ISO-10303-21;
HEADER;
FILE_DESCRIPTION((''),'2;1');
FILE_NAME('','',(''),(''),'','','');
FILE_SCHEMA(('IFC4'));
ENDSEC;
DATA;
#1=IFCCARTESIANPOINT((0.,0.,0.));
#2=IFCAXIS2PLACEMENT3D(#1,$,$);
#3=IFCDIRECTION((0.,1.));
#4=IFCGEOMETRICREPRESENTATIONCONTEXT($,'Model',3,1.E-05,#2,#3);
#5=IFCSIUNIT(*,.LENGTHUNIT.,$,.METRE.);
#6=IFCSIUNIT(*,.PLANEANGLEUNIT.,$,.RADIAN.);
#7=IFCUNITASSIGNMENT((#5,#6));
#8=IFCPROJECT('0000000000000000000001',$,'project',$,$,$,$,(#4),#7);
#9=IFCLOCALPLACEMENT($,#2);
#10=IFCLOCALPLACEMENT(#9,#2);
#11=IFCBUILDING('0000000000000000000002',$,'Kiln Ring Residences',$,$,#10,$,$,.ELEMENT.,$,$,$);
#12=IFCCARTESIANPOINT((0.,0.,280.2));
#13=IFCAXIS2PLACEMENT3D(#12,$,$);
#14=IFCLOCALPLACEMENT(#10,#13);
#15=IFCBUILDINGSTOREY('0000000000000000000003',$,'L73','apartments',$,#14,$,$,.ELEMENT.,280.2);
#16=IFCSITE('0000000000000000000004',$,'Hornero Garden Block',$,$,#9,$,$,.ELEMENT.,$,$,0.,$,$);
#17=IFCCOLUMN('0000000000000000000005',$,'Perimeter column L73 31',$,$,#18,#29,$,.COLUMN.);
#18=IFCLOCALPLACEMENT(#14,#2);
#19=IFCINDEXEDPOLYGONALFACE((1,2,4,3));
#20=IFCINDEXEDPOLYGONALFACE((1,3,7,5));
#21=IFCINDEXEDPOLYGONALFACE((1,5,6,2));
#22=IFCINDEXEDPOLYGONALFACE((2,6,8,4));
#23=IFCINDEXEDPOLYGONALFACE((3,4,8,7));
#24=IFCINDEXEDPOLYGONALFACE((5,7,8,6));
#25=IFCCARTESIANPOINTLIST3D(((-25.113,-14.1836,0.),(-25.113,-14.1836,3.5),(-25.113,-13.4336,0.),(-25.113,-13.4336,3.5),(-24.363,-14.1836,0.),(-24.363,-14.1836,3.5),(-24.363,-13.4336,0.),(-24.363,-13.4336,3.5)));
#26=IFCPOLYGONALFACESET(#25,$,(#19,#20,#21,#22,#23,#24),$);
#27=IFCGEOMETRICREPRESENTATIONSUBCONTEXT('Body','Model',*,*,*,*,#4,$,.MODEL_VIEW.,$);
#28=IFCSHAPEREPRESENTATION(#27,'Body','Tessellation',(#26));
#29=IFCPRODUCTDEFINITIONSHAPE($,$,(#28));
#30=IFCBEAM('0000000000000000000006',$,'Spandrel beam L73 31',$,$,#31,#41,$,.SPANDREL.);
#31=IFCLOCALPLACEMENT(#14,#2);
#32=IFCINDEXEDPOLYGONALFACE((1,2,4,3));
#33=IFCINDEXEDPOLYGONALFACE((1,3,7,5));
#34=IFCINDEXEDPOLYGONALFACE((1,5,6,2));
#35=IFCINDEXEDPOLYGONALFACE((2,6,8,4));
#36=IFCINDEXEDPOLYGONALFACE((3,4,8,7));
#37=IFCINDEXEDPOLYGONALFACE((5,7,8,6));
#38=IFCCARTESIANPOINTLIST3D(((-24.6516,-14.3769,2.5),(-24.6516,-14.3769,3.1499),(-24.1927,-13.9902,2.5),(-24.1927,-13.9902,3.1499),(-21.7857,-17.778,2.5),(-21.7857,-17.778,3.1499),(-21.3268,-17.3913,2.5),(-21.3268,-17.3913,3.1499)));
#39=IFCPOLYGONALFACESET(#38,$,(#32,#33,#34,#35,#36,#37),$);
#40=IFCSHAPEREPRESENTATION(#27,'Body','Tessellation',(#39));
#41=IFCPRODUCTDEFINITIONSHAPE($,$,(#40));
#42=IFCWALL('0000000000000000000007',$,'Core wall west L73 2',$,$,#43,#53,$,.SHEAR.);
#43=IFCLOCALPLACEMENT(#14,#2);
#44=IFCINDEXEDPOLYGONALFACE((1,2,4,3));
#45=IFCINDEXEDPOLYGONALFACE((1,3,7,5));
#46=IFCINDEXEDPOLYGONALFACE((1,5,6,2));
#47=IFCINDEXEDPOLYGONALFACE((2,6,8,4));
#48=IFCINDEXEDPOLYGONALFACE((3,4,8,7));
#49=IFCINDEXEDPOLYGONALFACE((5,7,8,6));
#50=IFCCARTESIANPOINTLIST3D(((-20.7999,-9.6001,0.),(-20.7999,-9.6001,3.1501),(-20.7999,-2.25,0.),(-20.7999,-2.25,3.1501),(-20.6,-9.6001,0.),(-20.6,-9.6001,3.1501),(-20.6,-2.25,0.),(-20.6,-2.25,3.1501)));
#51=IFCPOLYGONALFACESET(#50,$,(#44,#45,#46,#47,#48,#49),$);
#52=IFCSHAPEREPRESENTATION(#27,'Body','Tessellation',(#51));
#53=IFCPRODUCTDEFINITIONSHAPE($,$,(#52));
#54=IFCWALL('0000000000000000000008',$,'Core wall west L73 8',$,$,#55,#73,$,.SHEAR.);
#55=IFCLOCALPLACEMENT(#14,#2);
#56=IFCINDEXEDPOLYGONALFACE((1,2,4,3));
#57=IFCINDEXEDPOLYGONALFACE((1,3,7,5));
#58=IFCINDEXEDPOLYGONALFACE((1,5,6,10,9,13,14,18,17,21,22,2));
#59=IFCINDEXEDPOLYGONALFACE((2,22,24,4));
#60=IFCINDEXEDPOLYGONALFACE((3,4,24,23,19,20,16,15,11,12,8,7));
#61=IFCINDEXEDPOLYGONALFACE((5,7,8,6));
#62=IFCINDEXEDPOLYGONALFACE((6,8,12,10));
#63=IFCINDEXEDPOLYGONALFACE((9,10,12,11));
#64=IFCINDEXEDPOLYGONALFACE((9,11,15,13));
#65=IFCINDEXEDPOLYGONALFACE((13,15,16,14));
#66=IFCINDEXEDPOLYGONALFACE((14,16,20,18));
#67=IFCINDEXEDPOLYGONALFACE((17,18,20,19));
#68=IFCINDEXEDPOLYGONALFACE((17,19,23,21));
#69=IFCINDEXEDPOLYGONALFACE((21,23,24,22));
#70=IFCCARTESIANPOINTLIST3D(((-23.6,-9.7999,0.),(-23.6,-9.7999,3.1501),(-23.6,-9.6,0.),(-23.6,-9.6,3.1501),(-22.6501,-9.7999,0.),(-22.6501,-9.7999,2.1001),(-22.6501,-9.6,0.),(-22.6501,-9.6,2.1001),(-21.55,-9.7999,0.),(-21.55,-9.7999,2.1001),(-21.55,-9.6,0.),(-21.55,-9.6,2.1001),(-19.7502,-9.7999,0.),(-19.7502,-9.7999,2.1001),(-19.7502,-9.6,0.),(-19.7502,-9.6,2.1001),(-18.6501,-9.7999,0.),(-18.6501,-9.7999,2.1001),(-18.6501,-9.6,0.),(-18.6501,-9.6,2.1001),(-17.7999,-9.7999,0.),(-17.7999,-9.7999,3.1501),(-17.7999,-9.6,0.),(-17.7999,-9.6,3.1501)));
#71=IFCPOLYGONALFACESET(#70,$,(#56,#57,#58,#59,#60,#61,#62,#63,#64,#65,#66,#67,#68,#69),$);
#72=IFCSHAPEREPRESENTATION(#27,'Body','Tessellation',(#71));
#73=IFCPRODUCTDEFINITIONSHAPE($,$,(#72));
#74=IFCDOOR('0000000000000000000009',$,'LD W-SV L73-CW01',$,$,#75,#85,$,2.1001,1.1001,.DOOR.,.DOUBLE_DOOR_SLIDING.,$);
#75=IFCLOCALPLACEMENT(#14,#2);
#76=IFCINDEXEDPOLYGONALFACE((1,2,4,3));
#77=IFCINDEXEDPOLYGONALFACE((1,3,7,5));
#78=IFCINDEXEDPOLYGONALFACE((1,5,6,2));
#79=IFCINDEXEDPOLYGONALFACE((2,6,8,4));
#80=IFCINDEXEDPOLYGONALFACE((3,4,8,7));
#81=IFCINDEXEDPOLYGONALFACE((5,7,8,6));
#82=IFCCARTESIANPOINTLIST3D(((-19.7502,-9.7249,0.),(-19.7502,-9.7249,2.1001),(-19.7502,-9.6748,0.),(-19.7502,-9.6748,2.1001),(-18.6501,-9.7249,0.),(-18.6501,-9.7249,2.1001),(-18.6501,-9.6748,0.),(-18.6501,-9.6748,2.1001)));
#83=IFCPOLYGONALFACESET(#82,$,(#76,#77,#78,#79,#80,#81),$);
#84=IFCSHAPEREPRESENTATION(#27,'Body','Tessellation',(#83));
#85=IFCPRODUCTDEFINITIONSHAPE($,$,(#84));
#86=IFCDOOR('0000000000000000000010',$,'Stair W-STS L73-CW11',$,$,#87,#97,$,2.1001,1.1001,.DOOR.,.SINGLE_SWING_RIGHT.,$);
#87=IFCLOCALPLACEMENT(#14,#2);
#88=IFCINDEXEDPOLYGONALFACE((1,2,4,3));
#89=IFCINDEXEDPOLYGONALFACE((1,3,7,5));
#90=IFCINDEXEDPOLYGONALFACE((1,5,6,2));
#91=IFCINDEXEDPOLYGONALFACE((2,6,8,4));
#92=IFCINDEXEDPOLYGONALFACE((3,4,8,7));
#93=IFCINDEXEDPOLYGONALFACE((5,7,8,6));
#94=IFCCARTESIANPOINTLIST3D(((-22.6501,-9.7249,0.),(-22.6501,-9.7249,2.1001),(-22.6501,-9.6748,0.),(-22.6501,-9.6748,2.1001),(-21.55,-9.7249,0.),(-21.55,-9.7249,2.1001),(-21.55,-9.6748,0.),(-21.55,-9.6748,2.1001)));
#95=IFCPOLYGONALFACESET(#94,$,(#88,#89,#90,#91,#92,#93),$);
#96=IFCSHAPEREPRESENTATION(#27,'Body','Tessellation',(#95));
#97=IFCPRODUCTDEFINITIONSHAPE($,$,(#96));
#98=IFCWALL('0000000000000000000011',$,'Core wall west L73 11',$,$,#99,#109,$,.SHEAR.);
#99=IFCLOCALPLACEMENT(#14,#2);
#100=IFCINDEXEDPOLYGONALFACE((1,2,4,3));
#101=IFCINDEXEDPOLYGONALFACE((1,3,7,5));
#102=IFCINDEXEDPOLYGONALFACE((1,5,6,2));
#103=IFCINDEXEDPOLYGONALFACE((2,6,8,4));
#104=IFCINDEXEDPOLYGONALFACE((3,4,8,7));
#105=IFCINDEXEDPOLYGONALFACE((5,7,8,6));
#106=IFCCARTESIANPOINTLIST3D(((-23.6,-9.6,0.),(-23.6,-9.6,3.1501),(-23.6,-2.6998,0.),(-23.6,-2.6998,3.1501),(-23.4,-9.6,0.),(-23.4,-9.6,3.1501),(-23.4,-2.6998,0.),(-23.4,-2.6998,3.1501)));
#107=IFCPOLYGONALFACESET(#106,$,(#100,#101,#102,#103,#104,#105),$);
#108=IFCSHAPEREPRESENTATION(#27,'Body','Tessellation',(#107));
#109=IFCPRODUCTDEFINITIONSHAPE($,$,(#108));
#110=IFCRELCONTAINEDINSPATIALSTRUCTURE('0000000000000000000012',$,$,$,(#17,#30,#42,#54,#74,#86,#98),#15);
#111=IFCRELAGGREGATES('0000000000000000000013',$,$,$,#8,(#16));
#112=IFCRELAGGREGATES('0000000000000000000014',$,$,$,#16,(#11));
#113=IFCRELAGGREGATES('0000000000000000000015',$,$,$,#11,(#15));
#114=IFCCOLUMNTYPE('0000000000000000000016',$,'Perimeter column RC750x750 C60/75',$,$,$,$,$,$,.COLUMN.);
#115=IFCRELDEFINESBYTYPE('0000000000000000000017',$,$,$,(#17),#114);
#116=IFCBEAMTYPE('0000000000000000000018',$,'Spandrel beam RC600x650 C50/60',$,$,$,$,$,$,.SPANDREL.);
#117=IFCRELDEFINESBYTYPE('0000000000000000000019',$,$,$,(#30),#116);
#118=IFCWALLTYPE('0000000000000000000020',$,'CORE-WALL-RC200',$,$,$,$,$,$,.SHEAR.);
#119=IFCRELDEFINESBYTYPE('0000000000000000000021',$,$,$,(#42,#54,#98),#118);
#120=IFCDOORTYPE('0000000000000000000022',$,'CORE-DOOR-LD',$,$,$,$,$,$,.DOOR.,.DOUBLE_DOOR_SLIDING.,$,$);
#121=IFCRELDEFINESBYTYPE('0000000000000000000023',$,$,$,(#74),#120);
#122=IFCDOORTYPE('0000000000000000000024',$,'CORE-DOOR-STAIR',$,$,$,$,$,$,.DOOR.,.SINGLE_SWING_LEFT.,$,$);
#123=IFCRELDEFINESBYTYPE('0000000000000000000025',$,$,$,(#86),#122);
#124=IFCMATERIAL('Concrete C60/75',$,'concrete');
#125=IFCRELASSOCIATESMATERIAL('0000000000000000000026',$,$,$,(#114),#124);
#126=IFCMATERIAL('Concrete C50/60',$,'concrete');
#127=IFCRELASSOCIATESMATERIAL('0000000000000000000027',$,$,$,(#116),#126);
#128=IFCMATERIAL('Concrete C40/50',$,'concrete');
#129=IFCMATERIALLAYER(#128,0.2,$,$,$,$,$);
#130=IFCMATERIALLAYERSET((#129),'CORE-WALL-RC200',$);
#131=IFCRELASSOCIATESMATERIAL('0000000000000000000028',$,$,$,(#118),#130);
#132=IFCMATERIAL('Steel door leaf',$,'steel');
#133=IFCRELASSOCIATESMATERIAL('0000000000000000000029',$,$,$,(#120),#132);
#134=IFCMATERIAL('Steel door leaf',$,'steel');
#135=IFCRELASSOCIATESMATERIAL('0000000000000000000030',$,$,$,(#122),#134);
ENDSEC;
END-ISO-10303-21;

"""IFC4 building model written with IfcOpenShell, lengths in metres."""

from ifc_helpers import new_model, si_unit, direction, frame, frame_2d, origin, origin_2d, place, context, subcontext, project, spatial, rectangle, extrude, material, layer, layer_set, material_profile, profile_set, type_object, element, fill, save


model = new_model("IFC4")

# Units and contexts
model_context = context("Model", 3, precision=1e-05, world=origin(), true_north=direction((0.0, 1.0)))
body_context = subcontext(model_context, "Body", "Model", "MODEL_VIEW")
ifc_project = project(units=[si_unit("LENGTHUNIT", "METRE"), si_unit("PLANEANGLEUNIT", "RADIAN")], contexts=[model_context])

# Site, building, storey
site_placement = place(None, origin())
site = spatial("IfcSite", under=ifc_project, at=site_placement, Name="Hornero Garden Block", CompositionType="ELEMENT", RefElevation=0.0)
building_placement = place(site_placement, origin())
building = spatial("IfcBuilding", under=site, at=building_placement, Name="Kiln Ring Residences", CompositionType="ELEMENT")
storey_placement = place(building_placement, frame((0.0, 0.0, 280.2)))
storey = spatial("IfcBuildingStorey", under=building, at=storey_placement, Name="L73", Description="apartments", CompositionType="ELEMENT", Elevation=280.2)

# Column
ifc_material_1 = material(Name="Concrete C60/75", Category="concrete")
ifc_material_profile_1 = material_profile(ifc_material_1, rectangle(XDim=0.75, YDim=0.75, at=origin_2d()), Name="RC750x750")
ifc_profile_set_1 = profile_set([ifc_material_profile_1], Name="Concrete C60/75")
column_type = type_object("IfcColumnType", Name="Perimeter column RC750x750 C60/75", PredefinedType="COLUMN", material=ifc_profile_set_1)
column_placement = place(storey_placement, frame((-24.738, -13.8086, 0.0), z_axis=(0.0, 0.0, 1.0), x_axis=(1.0, 0.0, 0.0)))
element("IfcColumn", 1, at=column_placement, inside=storey, type_object=column_type, Name="Perimeter column L73 31", PredefinedType="COLUMN", context=body_context, shape_type="SweptSolid", body=[
    extrude(rectangle(XDim=0.75, YDim=0.75, at=origin_2d()), origin(), (0.0, 0.0, 1.0), 3.5),
])

# Beam
ifc_material_2 = material(Name="Concrete C50/60", Category="concrete")
ifc_material_profile_2 = material_profile(ifc_material_2, rectangle(XDim=0.6001, YDim=0.6499, at=origin_2d()), Name="RC600x650")
ifc_profile_set_2 = profile_set([ifc_material_profile_2], Name="Concrete C50/60")
beam_type = type_object("IfcBeamType", Name="Spandrel beam RC600x650 C50/60", PredefinedType="SPANDREL", material=ifc_profile_set_2)
beam_placement = place(storey_placement, frame((-24.4221, -14.1836, 2.825), z_axis=(0.644381, -0.764705, 0.0), x_axis=(0.764705, 0.644381, 0.0)))
element("IfcBeam", 2, at=beam_placement, inside=storey, type_object=beam_type, Name="Spandrel beam L73 31", PredefinedType="SPANDREL", context=body_context, shape_type="SweptSolid", body=[
    extrude(rectangle(XDim=0.6001, YDim=0.6499, at=origin_2d()), origin(), (0.0, 0.0, 1.0), 4.4475),
])

# Wall
ifc_material_3 = material(Name="Concrete C40/50", Category="concrete")
ifc_layer_1 = layer(ifc_material_3, 0.2)
ifc_layer_set_1 = layer_set([ifc_layer_1], Name="CORE-WALL-RC200")
wall_type_1 = type_object("IfcWallType", Name="CORE-WALL-RC200", PredefinedType="SHEAR", material=ifc_layer_set_1)
wall_1_placement = place(storey_placement, frame((-20.7, -9.6001, 0.0), z_axis=(0.0, 0.0, 1.0), x_axis=(0.0, 1.0, 0.0)))
element("IfcWall", 3, at=wall_1_placement, inside=storey, type_object=wall_type_1, Name="Core wall west L73 2", PredefinedType="SHEAR", context=body_context, shape_type="SweptSolid", body=[
    extrude(rectangle(XDim=7.3501, YDim=0.2, at=frame_2d((3.675, 0.0))), origin(), (0.0, 0.0, 1.0), 3.1501),
])

# Wall, openings, doors
wall_2_placement = place(storey_placement, frame((-17.8, -9.7, 0.0), z_axis=(0.0, 0.0, 1.0), x_axis=(-1.0, 0.0, 0.0)))
wall_2 = element("IfcWall", 4, at=wall_2_placement, inside=storey, type_object=wall_type_1, Name="Core wall west L73 8", PredefinedType="SHEAR", context=body_context, shape_type="SweptSolid", body=[
    extrude(rectangle(XDim=5.8, YDim=0.2, at=frame_2d((2.8999, 0.0))), origin(), (0.0, 0.0, 1.0), 3.1501),
])
opening_1_placement = place(wall_2_placement, frame((0.8501, 0.0, 0.0)))
opening_1 = element("IfcOpeningElement", 5, at=opening_1_placement, cuts=wall_2, PredefinedType="OPENING", context=body_context, shape_type="SweptSolid", body=[
    extrude(rectangle(XDim=1.1001, YDim=2.1001, at=frame_2d((0.55, 1.05))), frame((0.0, 0.1099, 0.0), z_axis=(0.0, -1.0, 0.0), x_axis=(1.0, 0.0, 0.0)), (0.0, 0.0, 1.0), 0.22),
])
opening_2_placement = place(wall_2_placement, frame((3.75, 0.0, 0.0)))
opening_2 = element("IfcOpeningElement", 6, at=opening_2_placement, cuts=wall_2, PredefinedType="OPENING", context=body_context, shape_type="SweptSolid", body=[
    extrude(rectangle(XDim=1.1001, YDim=2.1001, at=frame_2d((0.55, 1.05))), frame((0.0, 0.1099, 0.0), z_axis=(0.0, -1.0, 0.0), x_axis=(1.0, 0.0, 0.0)), (0.0, 0.0, 1.0), 0.22),
])
ifc_material_4 = material(Name="Steel door leaf", Category="steel")
door_type_1 = type_object("IfcDoorType", Name="CORE-DOOR-LD", OperationType="DOUBLE_DOOR_SLIDING", PredefinedType="DOOR", material=ifc_material_4)
door_1_placement = place(opening_1_placement, origin())
door_1 = element("IfcDoor", 7, at=door_1_placement, inside=storey, type_object=door_type_1, Name="LD W-SV L73-CW01", OperationType="DOUBLE_DOOR_SLIDING", OverallHeight=2.1001, OverallWidth=1.1001, PredefinedType="DOOR", context=body_context, shape_type="SweptSolid", body=[
    extrude(rectangle(XDim=1.1001, YDim=2.1001, at=frame_2d((0.55, 1.05))), frame((0.0, 0.0249, 0.0), z_axis=(0.0, -1.0, 0.0), x_axis=(1.0, 0.0, 0.0)), (0.0, 0.0, 1.0), 0.05),
])
fill(opening_1, door_1)
ifc_material_5 = material(Name="Steel door leaf", Category="steel")
door_type_2 = type_object("IfcDoorType", Name="CORE-DOOR-STAIR", OperationType="SINGLE_SWING_LEFT", PredefinedType="DOOR", material=ifc_material_5)
door_2_placement = place(opening_2_placement, origin())
door_2 = element("IfcDoor", 8, at=door_2_placement, inside=storey, type_object=door_type_2, Name="Stair W-STS L73-CW11", OperationType="SINGLE_SWING_RIGHT", OverallHeight=2.1001, OverallWidth=1.1001, PredefinedType="DOOR", context=body_context, shape_type="SweptSolid", body=[
    extrude(rectangle(XDim=1.1001, YDim=2.1001, at=frame_2d((0.55, 1.05))), frame((0.0, 0.0249, 0.0), z_axis=(0.0, -1.0, 0.0), x_axis=(1.0, 0.0, 0.0)), (0.0, 0.0, 1.0), 0.05),
])
fill(opening_2, door_2)

# Wall
wall_3_placement = place(storey_placement, frame((-23.5, -9.6001, 0.0), z_axis=(0.0, 0.0, 1.0), x_axis=(0.0, 1.0, 0.0)))
element("IfcWall", 9, at=wall_3_placement, inside=storey, type_object=wall_type_1, Name="Core wall west L73 11", PredefinedType="SHEAR", context=body_context, shape_type="SweptSolid", body=[
    extrude(rectangle(XDim=6.9001, YDim=0.2, at=frame_2d((3.4502, 0.0))), origin(), (0.0, 0.0, 1.0), 3.1501),
])

save(model, "model.ifc")
